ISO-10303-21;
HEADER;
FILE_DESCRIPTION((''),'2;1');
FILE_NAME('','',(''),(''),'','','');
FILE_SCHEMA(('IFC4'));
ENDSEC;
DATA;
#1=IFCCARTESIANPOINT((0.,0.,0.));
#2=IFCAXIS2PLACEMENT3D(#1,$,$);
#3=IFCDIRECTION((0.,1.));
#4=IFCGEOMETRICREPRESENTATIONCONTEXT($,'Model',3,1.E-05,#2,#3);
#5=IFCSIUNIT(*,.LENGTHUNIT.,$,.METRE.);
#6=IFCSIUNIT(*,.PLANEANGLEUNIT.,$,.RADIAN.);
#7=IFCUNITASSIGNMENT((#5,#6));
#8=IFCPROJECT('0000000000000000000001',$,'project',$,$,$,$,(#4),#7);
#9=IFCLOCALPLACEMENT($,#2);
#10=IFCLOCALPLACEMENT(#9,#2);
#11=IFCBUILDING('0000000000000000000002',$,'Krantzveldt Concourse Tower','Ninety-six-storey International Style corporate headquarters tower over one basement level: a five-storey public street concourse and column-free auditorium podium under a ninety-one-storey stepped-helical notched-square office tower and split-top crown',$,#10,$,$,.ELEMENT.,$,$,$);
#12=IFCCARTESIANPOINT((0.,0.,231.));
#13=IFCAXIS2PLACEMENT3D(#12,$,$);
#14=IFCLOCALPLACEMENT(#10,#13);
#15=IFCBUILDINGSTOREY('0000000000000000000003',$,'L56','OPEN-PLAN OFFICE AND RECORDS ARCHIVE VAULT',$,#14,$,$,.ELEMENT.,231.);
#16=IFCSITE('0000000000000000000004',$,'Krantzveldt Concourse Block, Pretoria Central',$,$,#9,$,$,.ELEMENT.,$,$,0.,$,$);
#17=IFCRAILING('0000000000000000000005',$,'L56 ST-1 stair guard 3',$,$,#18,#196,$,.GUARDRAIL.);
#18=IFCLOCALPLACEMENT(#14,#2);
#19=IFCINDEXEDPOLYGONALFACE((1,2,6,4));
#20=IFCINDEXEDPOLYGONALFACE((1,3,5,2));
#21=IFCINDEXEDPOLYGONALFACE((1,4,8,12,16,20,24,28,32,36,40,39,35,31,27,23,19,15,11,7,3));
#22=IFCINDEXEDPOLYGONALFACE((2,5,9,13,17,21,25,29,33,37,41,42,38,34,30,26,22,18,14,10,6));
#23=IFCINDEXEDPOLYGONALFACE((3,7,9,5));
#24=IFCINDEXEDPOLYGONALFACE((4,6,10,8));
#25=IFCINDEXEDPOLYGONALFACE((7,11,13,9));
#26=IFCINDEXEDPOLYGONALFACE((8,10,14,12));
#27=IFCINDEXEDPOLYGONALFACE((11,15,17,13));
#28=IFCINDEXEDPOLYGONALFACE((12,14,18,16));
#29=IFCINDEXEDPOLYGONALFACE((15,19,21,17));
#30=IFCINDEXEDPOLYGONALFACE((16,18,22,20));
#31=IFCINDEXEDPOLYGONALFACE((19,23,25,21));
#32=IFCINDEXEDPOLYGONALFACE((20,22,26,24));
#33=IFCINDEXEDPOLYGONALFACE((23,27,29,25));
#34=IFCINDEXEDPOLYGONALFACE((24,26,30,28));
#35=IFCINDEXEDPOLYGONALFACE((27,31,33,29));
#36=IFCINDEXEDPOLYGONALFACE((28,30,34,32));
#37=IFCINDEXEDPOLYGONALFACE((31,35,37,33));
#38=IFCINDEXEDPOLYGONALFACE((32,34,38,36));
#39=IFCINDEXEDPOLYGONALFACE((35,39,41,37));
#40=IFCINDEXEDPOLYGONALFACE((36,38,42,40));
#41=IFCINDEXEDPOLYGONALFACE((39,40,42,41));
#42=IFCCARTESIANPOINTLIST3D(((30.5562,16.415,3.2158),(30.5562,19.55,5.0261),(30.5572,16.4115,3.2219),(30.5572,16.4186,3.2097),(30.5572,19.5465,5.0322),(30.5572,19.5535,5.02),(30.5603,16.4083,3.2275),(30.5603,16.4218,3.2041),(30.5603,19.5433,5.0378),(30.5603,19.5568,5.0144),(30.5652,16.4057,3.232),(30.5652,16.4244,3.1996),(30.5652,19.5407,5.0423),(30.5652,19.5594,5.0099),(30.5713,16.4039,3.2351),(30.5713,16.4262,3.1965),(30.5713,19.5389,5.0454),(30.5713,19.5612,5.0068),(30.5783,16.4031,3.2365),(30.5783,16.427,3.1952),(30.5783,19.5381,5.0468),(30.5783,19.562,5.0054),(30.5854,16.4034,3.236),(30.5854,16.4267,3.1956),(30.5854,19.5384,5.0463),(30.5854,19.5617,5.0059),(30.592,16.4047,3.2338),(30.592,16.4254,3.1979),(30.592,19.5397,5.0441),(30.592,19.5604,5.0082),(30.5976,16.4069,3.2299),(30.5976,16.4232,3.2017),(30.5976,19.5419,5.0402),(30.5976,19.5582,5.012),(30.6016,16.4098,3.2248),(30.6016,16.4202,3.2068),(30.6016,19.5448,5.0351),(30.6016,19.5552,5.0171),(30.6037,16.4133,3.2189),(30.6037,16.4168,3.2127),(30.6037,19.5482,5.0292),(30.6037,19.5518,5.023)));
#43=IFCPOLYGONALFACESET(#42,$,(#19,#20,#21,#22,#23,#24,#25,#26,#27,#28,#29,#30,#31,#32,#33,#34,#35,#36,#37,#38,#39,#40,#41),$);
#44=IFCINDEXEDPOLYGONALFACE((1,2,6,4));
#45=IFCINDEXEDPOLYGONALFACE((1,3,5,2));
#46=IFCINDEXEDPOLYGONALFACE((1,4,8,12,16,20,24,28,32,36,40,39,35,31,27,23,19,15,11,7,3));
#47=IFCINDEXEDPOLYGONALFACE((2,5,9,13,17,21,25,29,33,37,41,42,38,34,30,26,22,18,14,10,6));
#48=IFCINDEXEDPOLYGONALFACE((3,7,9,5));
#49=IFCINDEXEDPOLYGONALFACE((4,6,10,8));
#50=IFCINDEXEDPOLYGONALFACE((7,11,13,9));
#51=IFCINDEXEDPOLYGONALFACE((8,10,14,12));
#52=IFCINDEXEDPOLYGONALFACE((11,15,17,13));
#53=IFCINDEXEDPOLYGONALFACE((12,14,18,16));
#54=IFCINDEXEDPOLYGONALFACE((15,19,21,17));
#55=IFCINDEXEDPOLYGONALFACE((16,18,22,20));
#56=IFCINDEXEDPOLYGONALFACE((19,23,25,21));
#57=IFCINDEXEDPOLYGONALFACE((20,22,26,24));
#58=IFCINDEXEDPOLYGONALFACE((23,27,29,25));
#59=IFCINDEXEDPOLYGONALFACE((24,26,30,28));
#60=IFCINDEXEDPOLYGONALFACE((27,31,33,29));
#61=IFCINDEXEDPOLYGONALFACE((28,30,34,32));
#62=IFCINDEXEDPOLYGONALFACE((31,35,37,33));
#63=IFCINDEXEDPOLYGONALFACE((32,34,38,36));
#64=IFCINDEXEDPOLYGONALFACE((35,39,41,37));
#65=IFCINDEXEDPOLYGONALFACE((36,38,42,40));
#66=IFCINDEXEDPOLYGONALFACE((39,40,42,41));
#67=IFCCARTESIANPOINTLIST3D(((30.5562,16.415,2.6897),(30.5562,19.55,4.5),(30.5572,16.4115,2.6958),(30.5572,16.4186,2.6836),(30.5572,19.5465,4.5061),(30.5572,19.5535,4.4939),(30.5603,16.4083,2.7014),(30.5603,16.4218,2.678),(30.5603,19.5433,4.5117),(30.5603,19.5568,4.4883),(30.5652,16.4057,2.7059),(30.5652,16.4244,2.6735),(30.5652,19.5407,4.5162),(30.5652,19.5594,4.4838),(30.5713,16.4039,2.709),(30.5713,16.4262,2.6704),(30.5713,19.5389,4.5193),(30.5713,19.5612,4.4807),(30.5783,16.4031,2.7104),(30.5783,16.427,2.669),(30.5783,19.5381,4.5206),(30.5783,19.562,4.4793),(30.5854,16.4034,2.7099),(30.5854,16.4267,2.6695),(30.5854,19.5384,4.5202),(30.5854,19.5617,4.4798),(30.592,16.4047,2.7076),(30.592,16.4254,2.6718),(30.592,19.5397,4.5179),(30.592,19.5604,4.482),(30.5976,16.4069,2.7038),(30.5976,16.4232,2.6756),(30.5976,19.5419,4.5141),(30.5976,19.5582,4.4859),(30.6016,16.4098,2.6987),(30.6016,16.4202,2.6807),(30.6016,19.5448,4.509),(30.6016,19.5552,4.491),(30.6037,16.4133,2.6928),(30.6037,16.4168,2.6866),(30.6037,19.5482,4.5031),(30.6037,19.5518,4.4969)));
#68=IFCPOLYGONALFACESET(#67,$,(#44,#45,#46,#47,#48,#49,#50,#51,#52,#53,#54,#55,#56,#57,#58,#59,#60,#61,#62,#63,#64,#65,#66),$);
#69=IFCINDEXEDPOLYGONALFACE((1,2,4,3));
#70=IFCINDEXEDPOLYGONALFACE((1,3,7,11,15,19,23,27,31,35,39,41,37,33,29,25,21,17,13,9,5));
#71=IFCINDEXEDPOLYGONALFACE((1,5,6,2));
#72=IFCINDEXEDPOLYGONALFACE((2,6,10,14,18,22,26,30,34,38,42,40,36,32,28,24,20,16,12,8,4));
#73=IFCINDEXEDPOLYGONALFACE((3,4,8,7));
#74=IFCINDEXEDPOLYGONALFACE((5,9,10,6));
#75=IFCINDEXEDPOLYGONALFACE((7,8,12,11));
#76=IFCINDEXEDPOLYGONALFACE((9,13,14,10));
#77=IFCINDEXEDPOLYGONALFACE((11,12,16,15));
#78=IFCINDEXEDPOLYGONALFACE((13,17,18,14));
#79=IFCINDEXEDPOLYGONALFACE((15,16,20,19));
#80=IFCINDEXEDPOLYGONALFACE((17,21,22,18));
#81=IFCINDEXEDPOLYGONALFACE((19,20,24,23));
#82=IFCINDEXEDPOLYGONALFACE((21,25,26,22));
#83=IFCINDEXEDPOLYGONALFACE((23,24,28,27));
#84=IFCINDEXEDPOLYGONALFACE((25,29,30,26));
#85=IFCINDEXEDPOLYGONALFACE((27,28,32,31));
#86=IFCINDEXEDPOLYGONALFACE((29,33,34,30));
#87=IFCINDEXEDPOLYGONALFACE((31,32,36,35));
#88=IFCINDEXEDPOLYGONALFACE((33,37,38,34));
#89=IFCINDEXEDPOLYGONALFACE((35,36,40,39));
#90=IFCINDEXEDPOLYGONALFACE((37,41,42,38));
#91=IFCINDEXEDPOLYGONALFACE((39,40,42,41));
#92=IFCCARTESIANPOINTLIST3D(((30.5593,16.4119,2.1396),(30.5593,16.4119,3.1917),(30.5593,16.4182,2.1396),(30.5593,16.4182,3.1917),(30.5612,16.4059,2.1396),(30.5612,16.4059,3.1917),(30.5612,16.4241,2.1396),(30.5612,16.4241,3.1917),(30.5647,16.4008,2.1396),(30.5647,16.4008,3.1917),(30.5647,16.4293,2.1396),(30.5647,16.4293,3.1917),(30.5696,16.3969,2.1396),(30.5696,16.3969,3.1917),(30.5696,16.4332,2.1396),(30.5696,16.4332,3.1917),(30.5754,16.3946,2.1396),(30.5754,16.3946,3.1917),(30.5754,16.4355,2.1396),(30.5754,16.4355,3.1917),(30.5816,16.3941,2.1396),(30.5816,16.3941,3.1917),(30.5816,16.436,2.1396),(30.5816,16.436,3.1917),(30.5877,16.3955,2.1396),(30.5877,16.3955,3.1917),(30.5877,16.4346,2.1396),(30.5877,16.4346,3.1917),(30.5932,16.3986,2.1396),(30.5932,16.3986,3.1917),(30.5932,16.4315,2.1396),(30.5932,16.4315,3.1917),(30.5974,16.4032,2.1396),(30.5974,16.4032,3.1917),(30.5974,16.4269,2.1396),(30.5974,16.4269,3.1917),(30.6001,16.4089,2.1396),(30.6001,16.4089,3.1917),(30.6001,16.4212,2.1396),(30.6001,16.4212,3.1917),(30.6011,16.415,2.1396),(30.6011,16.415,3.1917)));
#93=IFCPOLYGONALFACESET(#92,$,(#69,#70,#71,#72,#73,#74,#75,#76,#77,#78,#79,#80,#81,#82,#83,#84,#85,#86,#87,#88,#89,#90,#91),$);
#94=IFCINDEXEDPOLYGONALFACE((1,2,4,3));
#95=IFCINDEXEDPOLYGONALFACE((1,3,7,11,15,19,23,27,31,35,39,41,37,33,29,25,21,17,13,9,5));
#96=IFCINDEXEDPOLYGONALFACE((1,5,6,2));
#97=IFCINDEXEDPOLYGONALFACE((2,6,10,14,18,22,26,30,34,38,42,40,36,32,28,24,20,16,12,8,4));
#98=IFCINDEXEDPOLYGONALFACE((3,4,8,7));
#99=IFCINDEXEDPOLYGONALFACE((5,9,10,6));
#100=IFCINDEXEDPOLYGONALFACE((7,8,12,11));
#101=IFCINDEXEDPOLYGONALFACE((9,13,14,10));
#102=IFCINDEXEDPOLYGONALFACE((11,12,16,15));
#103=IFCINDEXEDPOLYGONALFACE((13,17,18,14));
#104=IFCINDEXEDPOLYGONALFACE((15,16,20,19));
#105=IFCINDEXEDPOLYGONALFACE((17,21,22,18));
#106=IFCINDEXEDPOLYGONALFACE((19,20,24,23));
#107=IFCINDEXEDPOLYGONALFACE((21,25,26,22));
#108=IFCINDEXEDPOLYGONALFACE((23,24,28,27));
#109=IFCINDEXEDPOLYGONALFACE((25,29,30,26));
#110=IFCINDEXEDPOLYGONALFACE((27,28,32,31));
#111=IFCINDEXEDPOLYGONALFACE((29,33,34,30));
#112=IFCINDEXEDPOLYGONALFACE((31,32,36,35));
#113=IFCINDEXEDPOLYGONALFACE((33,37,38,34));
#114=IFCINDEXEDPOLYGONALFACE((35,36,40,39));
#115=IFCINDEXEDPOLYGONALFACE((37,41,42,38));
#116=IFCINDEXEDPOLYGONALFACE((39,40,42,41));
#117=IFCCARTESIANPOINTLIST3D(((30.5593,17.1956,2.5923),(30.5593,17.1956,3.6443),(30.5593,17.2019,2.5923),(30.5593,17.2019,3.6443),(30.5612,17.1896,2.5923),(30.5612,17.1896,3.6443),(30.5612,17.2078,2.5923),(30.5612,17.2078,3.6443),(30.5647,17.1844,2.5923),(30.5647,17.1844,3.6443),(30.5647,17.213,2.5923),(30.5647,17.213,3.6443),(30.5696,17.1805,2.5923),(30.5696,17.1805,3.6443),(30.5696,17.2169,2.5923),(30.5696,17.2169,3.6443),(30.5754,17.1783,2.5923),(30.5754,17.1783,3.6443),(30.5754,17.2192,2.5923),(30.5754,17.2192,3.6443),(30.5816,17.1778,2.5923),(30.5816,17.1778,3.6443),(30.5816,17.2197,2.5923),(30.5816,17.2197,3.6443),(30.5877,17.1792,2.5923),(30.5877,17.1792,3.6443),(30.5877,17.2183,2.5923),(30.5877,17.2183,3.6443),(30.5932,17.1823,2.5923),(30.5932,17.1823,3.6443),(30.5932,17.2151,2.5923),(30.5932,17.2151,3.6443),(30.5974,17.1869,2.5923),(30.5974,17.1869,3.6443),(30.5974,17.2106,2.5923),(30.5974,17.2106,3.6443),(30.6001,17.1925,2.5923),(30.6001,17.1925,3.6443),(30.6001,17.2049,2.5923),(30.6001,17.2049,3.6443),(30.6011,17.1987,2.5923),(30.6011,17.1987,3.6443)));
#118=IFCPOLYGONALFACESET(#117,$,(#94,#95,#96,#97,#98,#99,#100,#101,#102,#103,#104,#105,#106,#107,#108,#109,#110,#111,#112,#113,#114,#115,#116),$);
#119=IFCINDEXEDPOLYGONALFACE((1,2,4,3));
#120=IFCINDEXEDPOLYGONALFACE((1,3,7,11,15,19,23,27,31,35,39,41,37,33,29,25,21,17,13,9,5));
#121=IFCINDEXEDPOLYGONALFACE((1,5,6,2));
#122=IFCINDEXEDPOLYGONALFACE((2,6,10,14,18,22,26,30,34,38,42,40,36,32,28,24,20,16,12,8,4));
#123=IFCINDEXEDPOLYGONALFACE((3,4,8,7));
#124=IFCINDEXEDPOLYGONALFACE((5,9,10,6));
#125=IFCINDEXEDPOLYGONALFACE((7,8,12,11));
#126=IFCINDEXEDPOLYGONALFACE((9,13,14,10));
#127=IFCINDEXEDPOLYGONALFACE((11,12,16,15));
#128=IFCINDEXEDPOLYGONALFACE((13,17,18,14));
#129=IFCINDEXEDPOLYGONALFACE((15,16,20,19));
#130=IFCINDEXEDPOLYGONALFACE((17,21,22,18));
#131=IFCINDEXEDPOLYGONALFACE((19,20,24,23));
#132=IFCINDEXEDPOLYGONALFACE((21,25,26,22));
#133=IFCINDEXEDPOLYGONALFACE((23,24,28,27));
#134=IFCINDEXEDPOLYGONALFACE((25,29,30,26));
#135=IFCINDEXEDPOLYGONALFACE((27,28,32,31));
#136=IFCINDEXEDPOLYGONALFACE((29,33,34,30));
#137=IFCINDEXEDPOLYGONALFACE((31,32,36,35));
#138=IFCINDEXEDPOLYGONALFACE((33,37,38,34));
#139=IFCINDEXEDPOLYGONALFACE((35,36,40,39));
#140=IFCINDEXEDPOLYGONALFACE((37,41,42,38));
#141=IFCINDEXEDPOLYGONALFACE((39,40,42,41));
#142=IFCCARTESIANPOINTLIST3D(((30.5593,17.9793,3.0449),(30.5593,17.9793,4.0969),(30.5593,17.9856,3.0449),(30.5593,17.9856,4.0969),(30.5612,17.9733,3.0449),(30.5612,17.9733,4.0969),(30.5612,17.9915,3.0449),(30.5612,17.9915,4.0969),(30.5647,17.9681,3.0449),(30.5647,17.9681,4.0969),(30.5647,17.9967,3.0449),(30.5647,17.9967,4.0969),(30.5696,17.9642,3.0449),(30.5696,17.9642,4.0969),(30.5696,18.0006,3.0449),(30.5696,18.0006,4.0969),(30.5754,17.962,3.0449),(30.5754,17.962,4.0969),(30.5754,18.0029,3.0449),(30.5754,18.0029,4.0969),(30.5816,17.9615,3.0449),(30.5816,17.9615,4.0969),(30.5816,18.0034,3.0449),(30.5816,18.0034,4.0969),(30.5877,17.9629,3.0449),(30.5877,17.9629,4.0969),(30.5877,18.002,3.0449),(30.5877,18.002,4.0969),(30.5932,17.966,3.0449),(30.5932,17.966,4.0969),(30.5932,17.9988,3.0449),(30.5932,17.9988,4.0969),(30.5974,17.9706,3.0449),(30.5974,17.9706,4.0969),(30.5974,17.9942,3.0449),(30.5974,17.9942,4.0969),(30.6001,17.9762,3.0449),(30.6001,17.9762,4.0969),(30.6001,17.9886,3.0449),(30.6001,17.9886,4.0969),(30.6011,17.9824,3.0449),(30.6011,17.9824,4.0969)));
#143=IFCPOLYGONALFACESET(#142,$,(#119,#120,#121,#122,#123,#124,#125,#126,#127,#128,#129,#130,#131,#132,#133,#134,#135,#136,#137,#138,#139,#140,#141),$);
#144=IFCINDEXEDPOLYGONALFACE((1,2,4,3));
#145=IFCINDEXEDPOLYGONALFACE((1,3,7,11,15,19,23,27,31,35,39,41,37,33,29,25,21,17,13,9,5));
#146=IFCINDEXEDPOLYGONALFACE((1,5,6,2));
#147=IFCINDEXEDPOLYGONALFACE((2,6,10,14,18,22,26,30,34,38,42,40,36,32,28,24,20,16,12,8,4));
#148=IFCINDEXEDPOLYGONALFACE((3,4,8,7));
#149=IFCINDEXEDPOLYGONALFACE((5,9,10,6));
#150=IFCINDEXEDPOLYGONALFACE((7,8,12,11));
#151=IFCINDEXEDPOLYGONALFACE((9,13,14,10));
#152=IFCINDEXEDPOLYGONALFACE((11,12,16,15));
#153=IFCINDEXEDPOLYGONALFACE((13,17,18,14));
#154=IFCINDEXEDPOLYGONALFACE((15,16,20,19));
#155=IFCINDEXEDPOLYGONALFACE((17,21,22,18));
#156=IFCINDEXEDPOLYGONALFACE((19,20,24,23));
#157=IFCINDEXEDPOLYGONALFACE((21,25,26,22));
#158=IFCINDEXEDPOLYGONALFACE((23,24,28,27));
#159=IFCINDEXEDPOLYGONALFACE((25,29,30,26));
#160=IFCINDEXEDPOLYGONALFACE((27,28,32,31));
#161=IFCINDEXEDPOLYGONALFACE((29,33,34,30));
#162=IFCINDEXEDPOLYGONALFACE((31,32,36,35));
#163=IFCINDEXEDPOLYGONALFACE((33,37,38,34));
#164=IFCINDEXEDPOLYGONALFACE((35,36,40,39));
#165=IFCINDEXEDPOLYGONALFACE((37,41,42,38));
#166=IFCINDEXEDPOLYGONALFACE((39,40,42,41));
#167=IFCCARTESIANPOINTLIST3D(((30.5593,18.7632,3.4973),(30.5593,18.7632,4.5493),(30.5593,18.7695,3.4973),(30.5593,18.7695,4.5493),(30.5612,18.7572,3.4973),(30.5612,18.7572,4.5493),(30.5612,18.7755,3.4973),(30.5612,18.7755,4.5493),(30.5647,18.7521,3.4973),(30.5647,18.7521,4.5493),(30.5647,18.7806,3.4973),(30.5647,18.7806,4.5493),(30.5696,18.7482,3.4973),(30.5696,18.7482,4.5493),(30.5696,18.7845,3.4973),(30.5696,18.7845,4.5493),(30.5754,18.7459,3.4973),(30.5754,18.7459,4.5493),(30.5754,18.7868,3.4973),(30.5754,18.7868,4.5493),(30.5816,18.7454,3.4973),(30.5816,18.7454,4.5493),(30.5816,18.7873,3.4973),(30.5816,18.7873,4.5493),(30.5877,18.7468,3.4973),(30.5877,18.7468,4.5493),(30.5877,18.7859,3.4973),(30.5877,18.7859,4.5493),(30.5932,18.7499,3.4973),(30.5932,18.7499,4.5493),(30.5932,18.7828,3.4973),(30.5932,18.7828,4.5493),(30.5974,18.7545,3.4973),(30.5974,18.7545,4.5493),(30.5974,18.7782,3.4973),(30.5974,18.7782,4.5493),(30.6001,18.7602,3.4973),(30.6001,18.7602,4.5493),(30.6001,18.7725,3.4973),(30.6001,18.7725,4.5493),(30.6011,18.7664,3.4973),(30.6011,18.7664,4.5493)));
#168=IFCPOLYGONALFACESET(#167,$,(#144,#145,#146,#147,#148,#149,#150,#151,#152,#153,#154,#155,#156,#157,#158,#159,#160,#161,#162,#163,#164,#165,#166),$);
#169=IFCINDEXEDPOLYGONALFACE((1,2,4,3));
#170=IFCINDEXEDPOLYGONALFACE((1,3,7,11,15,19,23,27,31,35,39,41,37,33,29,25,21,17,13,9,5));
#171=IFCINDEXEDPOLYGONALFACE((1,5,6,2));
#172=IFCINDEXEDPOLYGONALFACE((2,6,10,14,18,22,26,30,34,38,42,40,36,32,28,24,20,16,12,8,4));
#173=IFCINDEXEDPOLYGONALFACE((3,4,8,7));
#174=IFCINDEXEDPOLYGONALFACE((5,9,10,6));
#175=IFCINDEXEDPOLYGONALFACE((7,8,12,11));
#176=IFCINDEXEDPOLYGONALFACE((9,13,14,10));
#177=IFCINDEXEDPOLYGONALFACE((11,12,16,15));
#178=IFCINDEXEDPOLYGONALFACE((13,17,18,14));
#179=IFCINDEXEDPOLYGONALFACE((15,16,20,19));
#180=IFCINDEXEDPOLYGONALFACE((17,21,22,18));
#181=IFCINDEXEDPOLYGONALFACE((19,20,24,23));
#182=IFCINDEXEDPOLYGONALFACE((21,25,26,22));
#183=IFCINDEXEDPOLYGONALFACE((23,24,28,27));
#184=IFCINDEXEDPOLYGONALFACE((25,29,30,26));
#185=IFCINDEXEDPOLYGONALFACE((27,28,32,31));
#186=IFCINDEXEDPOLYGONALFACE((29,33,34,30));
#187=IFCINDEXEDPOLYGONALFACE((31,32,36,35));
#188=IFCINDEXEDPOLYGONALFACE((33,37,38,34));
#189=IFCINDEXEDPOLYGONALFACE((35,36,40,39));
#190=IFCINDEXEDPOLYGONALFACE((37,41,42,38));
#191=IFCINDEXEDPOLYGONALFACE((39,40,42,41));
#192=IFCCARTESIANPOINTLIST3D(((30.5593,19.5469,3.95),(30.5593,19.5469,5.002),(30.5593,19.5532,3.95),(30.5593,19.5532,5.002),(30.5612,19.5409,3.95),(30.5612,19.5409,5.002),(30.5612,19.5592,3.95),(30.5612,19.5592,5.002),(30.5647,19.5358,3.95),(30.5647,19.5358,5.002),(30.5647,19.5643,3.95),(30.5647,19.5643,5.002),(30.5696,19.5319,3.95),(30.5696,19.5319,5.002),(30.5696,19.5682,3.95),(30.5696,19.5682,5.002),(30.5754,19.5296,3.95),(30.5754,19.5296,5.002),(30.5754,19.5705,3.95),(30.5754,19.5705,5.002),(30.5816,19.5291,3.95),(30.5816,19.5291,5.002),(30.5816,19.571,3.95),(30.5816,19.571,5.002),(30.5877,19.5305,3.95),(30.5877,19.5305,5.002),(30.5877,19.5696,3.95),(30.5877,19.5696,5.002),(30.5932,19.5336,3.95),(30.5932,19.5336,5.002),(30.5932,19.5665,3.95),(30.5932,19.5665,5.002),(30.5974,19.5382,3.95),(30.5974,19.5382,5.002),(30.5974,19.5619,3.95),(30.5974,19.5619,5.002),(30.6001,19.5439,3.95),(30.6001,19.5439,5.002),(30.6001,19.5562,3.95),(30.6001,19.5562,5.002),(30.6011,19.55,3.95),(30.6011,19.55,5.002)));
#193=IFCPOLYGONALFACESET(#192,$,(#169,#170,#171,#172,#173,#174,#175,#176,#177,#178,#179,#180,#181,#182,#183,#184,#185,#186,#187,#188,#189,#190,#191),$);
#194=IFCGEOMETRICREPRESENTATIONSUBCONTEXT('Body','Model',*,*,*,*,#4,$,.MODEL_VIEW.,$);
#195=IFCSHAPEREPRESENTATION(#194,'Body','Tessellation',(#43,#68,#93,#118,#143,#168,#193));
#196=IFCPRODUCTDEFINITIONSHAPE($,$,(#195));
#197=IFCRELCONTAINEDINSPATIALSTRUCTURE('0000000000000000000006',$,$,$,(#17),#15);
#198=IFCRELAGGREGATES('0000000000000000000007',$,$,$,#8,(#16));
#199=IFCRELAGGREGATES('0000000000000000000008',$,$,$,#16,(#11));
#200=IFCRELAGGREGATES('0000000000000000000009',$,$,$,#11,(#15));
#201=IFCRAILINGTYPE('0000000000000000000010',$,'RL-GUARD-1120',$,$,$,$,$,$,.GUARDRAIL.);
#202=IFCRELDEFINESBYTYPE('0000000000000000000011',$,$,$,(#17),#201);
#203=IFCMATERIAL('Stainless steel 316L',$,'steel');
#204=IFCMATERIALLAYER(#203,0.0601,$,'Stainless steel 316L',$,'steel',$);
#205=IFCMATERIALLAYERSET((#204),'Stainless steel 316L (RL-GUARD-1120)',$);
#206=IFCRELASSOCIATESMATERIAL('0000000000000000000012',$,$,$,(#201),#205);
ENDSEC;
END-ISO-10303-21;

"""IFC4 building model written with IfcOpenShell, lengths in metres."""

from ifc_helpers import new_model, si_unit, direction, frame, origin, origin_2d, place, context, subcontext, project, spatial, circle, extrude, material, layer, layer_set, type_object, element, save


model = new_model("IFC4")

# Units and contexts
model_context = context("Model", 3, precision=1e-05, world=origin(), true_north=direction((0.0, 1.0)))
body_context = subcontext(model_context, "Body", "Model", "MODEL_VIEW")
ifc_project = project(units=[si_unit("LENGTHUNIT", "METRE"), si_unit("PLANEANGLEUNIT", "RADIAN")], contexts=[model_context])

# Site, building, storey
site_placement = place(None, origin())
site = spatial("IfcSite", under=ifc_project, at=site_placement, Name="Krantzveldt Concourse Block, Pretoria Central", CompositionType="ELEMENT", RefElevation=0.0)
building_placement = place(site_placement, origin())
building = spatial("IfcBuilding", under=site, at=building_placement, Name="Krantzveldt Concourse Tower", Description="Ninety-six-storey International Style corporate headquarters tower over one basement level: a five-storey public street concourse and column-free auditorium podium under a ninety-one-storey stepped-helical notched-square office tower and split-top crown", CompositionType="ELEMENT")
storey_placement = place(building_placement, frame((0.0, 0.0, 231.0)))
storey = spatial("IfcBuildingStorey", under=building, at=storey_placement, Name="L56", Description="OPEN-PLAN OFFICE AND RECORDS ARCHIVE VAULT", CompositionType="ELEMENT", Elevation=231.0)

# Shared definitions
ifc_material_1 = material(Name="Stainless steel 316L", Category="steel")

# Railing
ifc_layer_1 = layer(ifc_material_1, 0.0601, Name="Stainless steel 316L", Category="steel")
ifc_layer_set_1 = layer_set([ifc_layer_1], Name="Stainless steel 316L (RL-GUARD-1120)")
railing_type_1 = type_object("IfcRailingType", Name="RL-GUARD-1120", PredefinedType="GUARDRAIL", material=ifc_layer_set_1)
railing_1_placement = place(storey_placement, frame((30.5801, 16.415, 2.1396)))
element("IfcRailing", 1, at=railing_1_placement, inside=storey, type_object=railing_type_1, Name="L56 ST-1 stair guard 3", PredefinedType="GUARDRAIL", context=body_context, shape_type="SweptSolid", body=[
    extrude(circle(Radius=0.0239, at=origin_2d()), frame((0.0, 0.0, 1.0762), z_axis=(0.0, 0.865989, 0.500063), x_axis=(-1.0, 0.0, 0.0)), (0.0, 0.0, 1.0), 3.6201),
    extrude(circle(Radius=0.0239, at=origin_2d()), frame((0.0, 0.0, 0.55), z_axis=(0.0, 0.865989, 0.500063), x_axis=(-1.0, 0.0, 0.0)), (0.0, 0.0, 1.0), 3.6201),
    extrude(circle(Radius=0.021, at=origin_2d()), origin(), (0.0, 0.0, 1.0), 1.052),
    extrude(circle(Radius=0.021, at=origin_2d()), frame((0.0, 0.7837, 0.4526)), (0.0, 0.0, 1.0), 1.052),
    extrude(circle(Radius=0.021, at=origin_2d()), frame((0.0, 1.5674, 0.9053)), (0.0, 0.0, 1.0), 1.052),
    extrude(circle(Radius=0.021, at=origin_2d()), frame((0.0, 2.3513, 1.3577)), (0.0, 0.0, 1.0), 1.052),
    extrude(circle(Radius=0.021, at=origin_2d()), frame((0.0, 3.135, 1.8103)), (0.0, 0.0, 1.0), 1.052),
])

save(model, "model.ifc")
